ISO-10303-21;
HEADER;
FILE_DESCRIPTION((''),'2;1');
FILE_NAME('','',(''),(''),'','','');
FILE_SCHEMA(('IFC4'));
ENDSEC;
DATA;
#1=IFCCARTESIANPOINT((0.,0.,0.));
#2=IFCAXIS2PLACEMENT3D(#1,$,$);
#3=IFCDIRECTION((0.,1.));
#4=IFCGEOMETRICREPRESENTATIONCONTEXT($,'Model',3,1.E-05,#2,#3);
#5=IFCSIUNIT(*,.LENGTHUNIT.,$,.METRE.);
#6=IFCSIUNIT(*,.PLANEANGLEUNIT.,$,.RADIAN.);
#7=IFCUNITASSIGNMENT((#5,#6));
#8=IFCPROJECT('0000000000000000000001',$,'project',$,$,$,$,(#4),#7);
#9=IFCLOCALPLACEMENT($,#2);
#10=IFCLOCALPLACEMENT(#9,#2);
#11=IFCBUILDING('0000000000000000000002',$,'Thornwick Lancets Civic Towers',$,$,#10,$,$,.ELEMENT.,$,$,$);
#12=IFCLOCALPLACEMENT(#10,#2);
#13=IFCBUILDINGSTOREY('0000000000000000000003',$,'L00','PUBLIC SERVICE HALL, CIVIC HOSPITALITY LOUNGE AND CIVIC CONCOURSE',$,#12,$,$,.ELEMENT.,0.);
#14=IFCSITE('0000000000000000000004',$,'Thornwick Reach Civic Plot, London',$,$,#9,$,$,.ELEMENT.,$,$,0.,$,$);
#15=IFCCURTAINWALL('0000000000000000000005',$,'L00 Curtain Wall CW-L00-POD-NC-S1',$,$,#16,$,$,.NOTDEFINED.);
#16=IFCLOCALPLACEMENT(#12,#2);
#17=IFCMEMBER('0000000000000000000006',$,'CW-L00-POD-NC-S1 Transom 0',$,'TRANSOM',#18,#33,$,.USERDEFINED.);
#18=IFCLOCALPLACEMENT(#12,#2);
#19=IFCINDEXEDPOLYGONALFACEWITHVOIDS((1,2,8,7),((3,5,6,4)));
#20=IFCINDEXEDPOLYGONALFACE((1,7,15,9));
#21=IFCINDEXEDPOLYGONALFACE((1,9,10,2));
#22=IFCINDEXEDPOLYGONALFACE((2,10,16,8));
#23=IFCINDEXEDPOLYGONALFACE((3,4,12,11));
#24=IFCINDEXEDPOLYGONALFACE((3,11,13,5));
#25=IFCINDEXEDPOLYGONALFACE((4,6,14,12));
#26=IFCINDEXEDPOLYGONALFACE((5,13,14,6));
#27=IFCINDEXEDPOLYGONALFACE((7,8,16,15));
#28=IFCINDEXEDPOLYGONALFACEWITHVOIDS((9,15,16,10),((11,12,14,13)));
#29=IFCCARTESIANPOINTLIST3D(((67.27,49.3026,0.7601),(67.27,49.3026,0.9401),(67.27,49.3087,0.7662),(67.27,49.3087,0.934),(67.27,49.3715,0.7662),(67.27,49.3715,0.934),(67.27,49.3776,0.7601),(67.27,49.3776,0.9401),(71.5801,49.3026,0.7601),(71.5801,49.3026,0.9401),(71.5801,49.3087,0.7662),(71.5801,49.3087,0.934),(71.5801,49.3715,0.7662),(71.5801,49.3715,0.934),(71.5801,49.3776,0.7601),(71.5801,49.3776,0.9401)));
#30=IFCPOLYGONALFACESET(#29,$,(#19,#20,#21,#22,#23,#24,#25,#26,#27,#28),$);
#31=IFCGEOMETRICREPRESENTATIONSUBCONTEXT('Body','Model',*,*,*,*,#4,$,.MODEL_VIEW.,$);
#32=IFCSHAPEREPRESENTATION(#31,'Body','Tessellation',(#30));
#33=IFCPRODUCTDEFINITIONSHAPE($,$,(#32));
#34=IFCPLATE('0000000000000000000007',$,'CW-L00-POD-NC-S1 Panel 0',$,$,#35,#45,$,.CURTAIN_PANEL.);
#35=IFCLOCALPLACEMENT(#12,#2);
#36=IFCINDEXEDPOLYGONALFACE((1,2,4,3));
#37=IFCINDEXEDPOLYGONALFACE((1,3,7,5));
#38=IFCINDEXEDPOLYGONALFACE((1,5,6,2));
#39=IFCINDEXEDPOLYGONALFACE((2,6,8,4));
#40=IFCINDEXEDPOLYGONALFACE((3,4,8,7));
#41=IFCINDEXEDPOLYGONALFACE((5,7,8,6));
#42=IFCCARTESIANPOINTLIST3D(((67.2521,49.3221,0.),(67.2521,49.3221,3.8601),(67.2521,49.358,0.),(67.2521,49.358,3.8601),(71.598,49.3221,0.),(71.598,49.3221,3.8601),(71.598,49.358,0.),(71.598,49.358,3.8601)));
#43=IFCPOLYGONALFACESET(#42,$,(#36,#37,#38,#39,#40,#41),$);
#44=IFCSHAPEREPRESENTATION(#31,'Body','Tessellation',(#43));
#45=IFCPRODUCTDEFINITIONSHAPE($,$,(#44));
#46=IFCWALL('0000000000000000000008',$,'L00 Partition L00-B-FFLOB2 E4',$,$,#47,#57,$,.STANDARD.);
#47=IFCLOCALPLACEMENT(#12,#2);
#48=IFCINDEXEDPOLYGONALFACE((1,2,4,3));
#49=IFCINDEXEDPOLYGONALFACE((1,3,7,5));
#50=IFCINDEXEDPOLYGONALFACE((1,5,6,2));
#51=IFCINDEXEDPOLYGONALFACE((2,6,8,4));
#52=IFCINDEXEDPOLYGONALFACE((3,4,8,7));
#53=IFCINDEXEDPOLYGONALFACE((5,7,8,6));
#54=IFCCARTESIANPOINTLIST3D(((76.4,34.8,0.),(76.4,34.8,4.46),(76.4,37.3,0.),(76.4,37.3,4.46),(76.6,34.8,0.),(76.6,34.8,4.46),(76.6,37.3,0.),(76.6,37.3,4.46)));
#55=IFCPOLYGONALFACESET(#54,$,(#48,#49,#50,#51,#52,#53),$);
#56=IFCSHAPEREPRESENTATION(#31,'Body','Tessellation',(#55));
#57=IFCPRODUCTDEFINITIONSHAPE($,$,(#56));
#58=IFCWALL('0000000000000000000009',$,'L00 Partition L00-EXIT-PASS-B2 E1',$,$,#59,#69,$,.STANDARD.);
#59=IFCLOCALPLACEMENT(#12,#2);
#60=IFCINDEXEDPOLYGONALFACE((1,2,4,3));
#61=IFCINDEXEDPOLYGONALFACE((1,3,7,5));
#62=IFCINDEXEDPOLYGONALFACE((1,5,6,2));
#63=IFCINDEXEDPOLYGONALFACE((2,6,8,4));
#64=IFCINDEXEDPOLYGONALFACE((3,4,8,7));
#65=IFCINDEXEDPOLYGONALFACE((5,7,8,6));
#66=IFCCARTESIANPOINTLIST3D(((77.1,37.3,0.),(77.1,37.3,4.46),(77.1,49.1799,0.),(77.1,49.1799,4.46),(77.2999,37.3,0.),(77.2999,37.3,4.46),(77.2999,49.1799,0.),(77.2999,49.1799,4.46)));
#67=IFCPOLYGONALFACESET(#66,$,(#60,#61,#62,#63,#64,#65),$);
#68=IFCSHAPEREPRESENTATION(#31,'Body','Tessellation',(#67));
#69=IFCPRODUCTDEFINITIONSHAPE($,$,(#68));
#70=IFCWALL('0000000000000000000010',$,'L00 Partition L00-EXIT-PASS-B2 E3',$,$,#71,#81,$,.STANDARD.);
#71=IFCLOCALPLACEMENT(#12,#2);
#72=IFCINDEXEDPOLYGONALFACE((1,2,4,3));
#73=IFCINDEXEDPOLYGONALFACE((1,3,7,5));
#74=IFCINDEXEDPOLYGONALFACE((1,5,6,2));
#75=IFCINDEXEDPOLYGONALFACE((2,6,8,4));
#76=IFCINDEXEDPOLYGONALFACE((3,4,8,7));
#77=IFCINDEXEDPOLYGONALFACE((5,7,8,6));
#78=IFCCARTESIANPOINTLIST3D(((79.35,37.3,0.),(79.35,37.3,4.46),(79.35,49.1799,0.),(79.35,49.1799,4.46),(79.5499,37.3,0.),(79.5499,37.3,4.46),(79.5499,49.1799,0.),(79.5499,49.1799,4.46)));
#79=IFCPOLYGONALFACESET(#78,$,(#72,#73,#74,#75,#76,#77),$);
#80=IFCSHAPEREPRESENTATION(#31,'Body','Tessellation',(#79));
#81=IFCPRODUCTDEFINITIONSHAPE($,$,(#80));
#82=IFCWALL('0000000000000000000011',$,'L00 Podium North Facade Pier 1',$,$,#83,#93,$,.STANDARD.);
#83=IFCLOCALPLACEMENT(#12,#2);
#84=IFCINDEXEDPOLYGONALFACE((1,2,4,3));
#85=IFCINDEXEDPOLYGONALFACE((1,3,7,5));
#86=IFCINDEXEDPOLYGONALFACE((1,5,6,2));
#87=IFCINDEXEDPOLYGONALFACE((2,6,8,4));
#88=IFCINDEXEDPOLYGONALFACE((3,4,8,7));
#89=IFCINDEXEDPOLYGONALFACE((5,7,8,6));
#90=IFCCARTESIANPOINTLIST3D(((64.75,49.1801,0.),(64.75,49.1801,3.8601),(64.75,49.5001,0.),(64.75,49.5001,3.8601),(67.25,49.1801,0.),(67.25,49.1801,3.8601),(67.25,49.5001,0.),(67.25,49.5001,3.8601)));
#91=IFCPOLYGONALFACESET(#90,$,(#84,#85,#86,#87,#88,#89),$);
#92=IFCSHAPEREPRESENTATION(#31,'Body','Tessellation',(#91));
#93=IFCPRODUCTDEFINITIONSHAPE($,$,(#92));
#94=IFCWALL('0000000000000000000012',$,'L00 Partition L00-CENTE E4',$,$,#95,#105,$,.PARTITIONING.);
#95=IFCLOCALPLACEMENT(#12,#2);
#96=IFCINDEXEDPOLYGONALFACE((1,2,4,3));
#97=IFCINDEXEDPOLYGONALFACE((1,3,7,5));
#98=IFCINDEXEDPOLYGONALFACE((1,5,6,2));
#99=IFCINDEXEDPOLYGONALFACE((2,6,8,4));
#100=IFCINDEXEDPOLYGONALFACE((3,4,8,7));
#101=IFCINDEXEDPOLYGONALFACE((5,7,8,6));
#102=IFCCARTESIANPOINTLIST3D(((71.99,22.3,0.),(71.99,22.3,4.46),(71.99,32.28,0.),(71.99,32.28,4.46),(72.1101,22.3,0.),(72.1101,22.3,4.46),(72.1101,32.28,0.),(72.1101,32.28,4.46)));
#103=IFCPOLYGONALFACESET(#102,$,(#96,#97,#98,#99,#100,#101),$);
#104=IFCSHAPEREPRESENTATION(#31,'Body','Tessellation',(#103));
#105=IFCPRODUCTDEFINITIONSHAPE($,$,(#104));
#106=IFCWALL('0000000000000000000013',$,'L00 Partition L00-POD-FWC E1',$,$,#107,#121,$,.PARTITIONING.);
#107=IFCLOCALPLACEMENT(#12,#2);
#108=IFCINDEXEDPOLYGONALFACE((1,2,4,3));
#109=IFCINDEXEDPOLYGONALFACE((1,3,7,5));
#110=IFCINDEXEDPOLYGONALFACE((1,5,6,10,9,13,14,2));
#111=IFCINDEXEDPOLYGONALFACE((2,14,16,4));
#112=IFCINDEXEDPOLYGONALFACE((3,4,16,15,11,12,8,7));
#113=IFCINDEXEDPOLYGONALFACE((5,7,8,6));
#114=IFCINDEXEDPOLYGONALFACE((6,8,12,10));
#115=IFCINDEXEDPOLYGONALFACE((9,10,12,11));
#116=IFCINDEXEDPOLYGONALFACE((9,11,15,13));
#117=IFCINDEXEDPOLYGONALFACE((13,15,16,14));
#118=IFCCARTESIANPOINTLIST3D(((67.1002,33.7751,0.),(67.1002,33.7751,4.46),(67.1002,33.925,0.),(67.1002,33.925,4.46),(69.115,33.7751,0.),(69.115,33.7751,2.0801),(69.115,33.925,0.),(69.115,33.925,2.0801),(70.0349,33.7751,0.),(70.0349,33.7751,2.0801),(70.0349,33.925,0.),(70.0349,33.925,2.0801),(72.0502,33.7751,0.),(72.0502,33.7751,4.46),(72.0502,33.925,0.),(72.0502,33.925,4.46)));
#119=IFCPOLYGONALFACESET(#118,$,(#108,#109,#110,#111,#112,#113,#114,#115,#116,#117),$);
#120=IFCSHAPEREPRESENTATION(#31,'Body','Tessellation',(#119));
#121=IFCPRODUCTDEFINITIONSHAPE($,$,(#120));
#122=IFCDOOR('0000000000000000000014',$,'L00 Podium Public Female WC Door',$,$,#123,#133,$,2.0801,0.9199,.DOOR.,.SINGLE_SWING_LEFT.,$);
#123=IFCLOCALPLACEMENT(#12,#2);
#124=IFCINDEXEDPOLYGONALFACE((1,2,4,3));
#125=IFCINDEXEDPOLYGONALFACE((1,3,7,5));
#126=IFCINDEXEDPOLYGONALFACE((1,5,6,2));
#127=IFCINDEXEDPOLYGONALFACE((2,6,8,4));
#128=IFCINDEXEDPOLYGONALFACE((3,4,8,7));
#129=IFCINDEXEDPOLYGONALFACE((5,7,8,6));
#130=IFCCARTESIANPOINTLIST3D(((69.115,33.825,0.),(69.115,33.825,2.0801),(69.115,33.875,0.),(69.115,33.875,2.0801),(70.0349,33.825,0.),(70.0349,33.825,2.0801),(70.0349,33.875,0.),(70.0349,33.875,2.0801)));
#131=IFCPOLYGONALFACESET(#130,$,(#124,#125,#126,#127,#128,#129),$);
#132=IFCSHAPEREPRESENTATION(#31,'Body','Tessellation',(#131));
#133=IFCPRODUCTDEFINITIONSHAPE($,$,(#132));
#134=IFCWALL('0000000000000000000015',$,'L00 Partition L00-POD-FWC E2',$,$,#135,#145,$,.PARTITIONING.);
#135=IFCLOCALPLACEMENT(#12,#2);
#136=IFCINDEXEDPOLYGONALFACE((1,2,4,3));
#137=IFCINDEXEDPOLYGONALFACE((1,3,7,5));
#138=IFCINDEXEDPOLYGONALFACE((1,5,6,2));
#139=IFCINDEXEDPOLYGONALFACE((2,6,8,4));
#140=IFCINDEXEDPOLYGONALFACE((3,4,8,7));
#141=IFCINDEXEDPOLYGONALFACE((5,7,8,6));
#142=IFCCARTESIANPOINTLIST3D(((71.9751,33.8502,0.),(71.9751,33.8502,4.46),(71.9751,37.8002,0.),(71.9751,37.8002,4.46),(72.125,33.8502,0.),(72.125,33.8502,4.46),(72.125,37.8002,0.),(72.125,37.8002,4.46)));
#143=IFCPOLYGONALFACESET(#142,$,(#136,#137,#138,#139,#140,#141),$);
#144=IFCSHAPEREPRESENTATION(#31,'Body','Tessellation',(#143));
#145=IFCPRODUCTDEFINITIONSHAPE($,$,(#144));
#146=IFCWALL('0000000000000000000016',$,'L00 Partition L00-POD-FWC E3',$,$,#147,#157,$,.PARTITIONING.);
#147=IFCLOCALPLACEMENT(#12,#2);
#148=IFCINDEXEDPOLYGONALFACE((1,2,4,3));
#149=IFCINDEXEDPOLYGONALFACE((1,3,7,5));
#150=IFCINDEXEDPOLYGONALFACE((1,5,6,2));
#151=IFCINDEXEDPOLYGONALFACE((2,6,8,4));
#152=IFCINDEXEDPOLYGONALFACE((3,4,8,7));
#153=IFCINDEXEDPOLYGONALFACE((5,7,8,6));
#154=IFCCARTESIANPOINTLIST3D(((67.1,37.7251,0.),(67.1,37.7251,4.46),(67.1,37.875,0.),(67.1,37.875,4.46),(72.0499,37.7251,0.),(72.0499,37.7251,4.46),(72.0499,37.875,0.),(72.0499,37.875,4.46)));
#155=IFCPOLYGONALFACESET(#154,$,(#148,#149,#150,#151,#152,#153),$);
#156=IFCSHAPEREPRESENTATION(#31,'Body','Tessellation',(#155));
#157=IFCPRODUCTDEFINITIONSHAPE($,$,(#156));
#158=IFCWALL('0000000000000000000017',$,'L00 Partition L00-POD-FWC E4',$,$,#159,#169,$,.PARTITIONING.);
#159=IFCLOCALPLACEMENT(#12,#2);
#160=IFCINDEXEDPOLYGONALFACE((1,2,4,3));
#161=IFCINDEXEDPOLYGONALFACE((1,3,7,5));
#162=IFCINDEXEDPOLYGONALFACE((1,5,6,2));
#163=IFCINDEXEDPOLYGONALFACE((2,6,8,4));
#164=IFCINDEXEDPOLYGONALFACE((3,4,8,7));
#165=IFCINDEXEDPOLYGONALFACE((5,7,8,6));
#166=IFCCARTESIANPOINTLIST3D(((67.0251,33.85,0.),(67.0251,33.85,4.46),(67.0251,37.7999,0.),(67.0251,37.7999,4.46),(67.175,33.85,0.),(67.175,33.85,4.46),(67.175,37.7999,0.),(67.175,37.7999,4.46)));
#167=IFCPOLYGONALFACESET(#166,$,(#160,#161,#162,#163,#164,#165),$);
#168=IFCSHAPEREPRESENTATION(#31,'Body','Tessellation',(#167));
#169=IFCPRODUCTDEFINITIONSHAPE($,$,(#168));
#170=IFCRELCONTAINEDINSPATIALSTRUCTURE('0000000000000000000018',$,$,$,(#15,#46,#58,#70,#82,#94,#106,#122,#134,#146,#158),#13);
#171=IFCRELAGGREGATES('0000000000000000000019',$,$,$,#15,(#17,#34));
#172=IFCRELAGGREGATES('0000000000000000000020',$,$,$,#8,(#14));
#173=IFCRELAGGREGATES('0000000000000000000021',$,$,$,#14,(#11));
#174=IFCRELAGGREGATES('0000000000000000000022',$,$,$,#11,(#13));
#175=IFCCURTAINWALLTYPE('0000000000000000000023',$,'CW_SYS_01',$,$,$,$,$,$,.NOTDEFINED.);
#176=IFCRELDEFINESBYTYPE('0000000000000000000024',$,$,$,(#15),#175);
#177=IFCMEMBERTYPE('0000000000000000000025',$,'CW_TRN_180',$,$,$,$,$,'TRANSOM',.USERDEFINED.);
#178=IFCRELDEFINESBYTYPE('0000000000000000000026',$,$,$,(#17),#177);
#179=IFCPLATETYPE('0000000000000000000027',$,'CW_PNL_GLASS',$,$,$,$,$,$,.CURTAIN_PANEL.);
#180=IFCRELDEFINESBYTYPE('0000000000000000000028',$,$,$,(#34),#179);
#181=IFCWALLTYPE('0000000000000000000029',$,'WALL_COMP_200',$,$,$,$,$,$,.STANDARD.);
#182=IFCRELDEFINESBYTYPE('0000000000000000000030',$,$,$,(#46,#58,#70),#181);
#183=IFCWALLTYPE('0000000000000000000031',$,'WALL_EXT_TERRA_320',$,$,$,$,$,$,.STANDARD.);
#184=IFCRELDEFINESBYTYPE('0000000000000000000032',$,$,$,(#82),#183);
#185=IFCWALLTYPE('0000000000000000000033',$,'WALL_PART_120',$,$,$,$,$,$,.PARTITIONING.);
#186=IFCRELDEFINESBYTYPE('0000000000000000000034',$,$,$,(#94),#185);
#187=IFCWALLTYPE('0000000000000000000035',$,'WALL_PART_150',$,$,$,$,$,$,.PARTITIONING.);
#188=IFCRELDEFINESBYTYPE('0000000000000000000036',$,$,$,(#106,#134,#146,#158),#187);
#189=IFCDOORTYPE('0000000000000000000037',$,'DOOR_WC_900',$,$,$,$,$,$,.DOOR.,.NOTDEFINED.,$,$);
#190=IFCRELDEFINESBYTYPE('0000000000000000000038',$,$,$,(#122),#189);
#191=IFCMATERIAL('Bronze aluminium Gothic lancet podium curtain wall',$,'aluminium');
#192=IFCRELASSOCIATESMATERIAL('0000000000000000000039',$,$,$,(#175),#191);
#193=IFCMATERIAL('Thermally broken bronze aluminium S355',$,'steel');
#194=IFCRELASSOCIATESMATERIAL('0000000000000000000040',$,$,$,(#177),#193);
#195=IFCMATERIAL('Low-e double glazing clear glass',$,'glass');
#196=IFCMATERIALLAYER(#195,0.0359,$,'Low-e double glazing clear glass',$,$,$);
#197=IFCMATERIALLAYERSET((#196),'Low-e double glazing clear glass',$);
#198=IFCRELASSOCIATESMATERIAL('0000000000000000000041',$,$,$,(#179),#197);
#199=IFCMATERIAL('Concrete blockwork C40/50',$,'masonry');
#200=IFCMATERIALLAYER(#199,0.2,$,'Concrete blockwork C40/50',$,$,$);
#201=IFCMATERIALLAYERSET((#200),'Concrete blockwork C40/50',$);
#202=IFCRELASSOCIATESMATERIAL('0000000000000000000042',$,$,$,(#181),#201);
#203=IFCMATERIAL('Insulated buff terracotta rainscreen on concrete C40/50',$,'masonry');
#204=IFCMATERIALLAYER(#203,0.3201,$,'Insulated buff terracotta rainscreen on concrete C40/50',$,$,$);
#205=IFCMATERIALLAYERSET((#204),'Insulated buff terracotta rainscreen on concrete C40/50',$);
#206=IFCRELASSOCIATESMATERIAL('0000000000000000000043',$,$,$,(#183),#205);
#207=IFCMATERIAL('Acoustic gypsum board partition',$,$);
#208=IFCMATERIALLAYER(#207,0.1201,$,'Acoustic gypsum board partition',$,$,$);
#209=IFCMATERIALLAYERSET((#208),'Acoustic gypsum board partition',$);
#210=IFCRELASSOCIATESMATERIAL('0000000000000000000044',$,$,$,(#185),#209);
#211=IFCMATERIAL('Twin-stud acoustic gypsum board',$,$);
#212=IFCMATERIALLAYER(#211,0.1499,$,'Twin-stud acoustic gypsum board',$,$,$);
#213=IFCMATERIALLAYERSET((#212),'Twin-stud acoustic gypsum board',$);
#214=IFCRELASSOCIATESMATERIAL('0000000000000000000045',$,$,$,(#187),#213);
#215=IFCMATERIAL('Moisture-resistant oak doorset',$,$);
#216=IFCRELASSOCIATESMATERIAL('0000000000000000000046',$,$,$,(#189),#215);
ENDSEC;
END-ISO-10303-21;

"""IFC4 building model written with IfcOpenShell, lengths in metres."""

from ifc_helpers import new_model, si_unit, direction, frame, frame_2d, origin, origin_2d, place, context, subcontext, project, spatial, rectangle, hollow_rectangle, extrude, material, layer, layer_set, material_profile, profile_set, type_object, element, fill, aggregate, save


model = new_model("IFC4")

# Units and contexts
model_context = context("Model", 3, precision=1e-05, world=origin(), true_north=direction((0.0, 1.0)))
body_context = subcontext(model_context, "Body", "Model", "MODEL_VIEW")
ifc_project = project(units=[si_unit("LENGTHUNIT", "METRE"), si_unit("PLANEANGLEUNIT", "RADIAN")], contexts=[model_context])

# Site, building, storey
site_placement = place(None, origin())
site = spatial("IfcSite", under=ifc_project, at=site_placement, Name="Thornwick Reach Civic Plot, London", CompositionType="ELEMENT", RefElevation=0.0)
building_placement = place(site_placement, origin())
building = spatial("IfcBuilding", under=site, at=building_placement, Name="Thornwick Lancets Civic Towers", CompositionType="ELEMENT")
storey_placement = place(building_placement, origin())
storey = spatial("IfcBuildingStorey", under=building, at=storey_placement, Name="L00", Description="PUBLIC SERVICE HALL, CIVIC HOSPITALITY LOUNGE AND CIVIC CONCOURSE", CompositionType="ELEMENT", Elevation=0.0)

# Curtain wall
ifc_material_1 = material(Name="Bronze aluminium Gothic lancet podium curtain wall", Category="aluminium")
curtain_wall_type = type_object("IfcCurtainWallType", Name="CW_SYS_01", PredefinedType="NOTDEFINED", material=ifc_material_1)
curtain_wall_1_placement = place(storey_placement, origin())
curtain_wall_1 = element("IfcCurtainWall", 1, at=curtain_wall_1_placement, inside=storey, type_object=curtain_wall_type, Name="L00 Curtain Wall CW-L00-POD-NC-S1", PredefinedType="NOTDEFINED")
ifc_material_2 = material(Name="Thermally broken bronze aluminium S355", Category="steel")

# Member
ifc_material_profile_1 = material_profile(ifc_material_2, hollow_rectangle(XDim=0.075, YDim=0.1799, WallThickness=0.0061, at=origin_2d()), Name="RHS 180x75x6")
ifc_profile_set_1 = profile_set([ifc_material_profile_1], Name="Thermally broken bronze aluminium S355")
member_type_1 = type_object("IfcMemberType", Name="CW_TRN_180", ElementType="TRANSOM", PredefinedType="USERDEFINED", material=ifc_profile_set_1)
member_1_placement = place(storey_placement, frame((71.5801, 49.3401, 0.8501), z_axis=(-1.0, 0.0, 0.0), x_axis=(0.0, -1.0, 0.0)))
member_1 = element("IfcMember", 2, at=member_1_placement, type_object=member_type_1, Name="CW-L00-POD-NC-S1 Transom 0", ObjectType="TRANSOM", PredefinedType="USERDEFINED", context=body_context, shape_type="SweptSolid", body=[
    extrude(hollow_rectangle(XDim=0.075, YDim=0.1799, WallThickness=0.0061, at=origin_2d()), origin(), (0.0, 0.0, 1.0), 4.3101),
])

# Plate
ifc_material_3 = material(Name="Low-e double glazing clear glass", Category="glass")
ifc_layer_1 = layer(ifc_material_3, 0.0359, Name="Low-e double glazing clear glass")
ifc_layer_set_1 = layer_set([ifc_layer_1], Name="Low-e double glazing clear glass")
plate_type = type_object("IfcPlateType", Name="CW_PNL_GLASS", PredefinedType="CURTAIN_PANEL", material=ifc_layer_set_1)
plate_placement = place(storey_placement, frame((69.425, 49.3401, 0.0), z_axis=(0.0, 0.0, 1.0), x_axis=(-1.0, 0.0, 0.0)))
plate = element("IfcPlate", 3, at=plate_placement, type_object=plate_type, Name="CW-L00-POD-NC-S1 Panel 0", PredefinedType="CURTAIN_PANEL", context=body_context, shape_type="SweptSolid", body=[
    extrude(rectangle(XDim=4.3459, YDim=0.0359, at=origin_2d()), origin(), (0.0, 0.0, 1.0), 3.8601),
])
aggregate(curtain_wall_1, [member_1, plate])

# Walls
ifc_material_4 = material(Name="Concrete blockwork C40/50", Category="masonry")
ifc_layer_2 = layer(ifc_material_4, 0.2, Name="Concrete blockwork C40/50")
ifc_layer_set_2 = layer_set([ifc_layer_2], Name="Concrete blockwork C40/50")
wall_type_1 = type_object("IfcWallType", Name="WALL_COMP_200", PredefinedType="STANDARD", material=ifc_layer_set_2)
wall_1_placement = place(storey_placement, frame((76.5, 37.3, 0.0), z_axis=(0.0, 0.0, 1.0), x_axis=(0.0, -1.0, 0.0)))
element("IfcWall", 4, at=wall_1_placement, inside=storey, type_object=wall_type_1, Name="L00 Partition L00-B-FFLOB2 E4", PredefinedType="STANDARD", context=body_context, shape_type="SweptSolid", body=[
    extrude(rectangle(XDim=2.5, YDim=0.2, at=frame_2d((1.25, 0.0))), origin(), (0.0, 0.0, 1.0), 4.46),
])
for number, where, z_axis, x_axis, name in (
    (5, (77.2, 37.3, 0.0), (0.0, 0.0, 1.0), (0.0, 1.0, 0.0), "L00 Partition L00-EXIT-PASS-B2 E1"),
    (6, (79.45, 49.1799, 0.0), (0.0, 0.0, 1.0), (0.0, -1.0, 0.0), "L00 Partition L00-EXIT-PASS-B2 E3"),
):
    element("IfcWall", number, at=place(storey_placement, frame(where, z_axis=z_axis, x_axis=x_axis)), inside=storey, type_object=wall_type_1, Name=name, PredefinedType="STANDARD", context=body_context, shape_type="SweptSolid", body=[
        extrude(rectangle(XDim=11.8799, YDim=0.2, at=frame_2d((5.9399, 0.0))), origin(), (0.0, 0.0, 1.0), 4.46),
    ])
ifc_material_5 = material(Name="Insulated buff terracotta rainscreen on concrete C40/50", Category="masonry")
ifc_layer_3 = layer(ifc_material_5, 0.3201, Name="Insulated buff terracotta rainscreen on concrete C40/50")
ifc_layer_set_3 = layer_set([ifc_layer_3], Name="Insulated buff terracotta rainscreen on concrete C40/50")
wall_type_2 = type_object("IfcWallType", Name="WALL_EXT_TERRA_320", PredefinedType="STANDARD", material=ifc_layer_set_3)
wall_2_placement = place(storey_placement, frame((67.25, 49.3401, 0.0), z_axis=(0.0, 0.0, 1.0), x_axis=(-1.0, 0.0, 0.0)))
element("IfcWall", 7, at=wall_2_placement, inside=storey, type_object=wall_type_2, Name="L00 Podium North Facade Pier 1", PredefinedType="STANDARD", context=body_context, shape_type="SweptSolid", body=[
    extrude(rectangle(XDim=2.5, YDim=0.3201, at=frame_2d((1.25, 0.0))), origin(), (0.0, 0.0, 1.0), 3.8601),
])
ifc_material_6 = material(Name="Acoustic gypsum board partition")
ifc_layer_4 = layer(ifc_material_6, 0.1201, Name="Acoustic gypsum board partition")
ifc_layer_set_4 = layer_set([ifc_layer_4], Name="Acoustic gypsum board partition")
wall_type_3 = type_object("IfcWallType", Name="WALL_PART_120", PredefinedType="PARTITIONING", material=ifc_layer_set_4)
wall_3_placement = place(storey_placement, frame((72.05, 32.28, 0.0), z_axis=(0.0, 0.0, 1.0), x_axis=(0.0, -1.0, 0.0)))
element("IfcWall", 8, at=wall_3_placement, inside=storey, type_object=wall_type_3, Name="L00 Partition L00-CENTE E4", PredefinedType="PARTITIONING", context=body_context, shape_type="SweptSolid", body=[
    extrude(rectangle(XDim=9.98, YDim=0.1201, at=frame_2d((4.99, 0.0))), origin(), (0.0, 0.0, 1.0), 4.46),
])

# Wall, opening, door
ifc_material_7 = material(Name="Twin-stud acoustic gypsum board")
ifc_layer_5 = layer(ifc_material_7, 0.1499, Name="Twin-stud acoustic gypsum board")
ifc_layer_set_5 = layer_set([ifc_layer_5], Name="Twin-stud acoustic gypsum board")
wall_type_4 = type_object("IfcWallType", Name="WALL_PART_150", PredefinedType="PARTITIONING", material=ifc_layer_set_5)
wall_4_placement = place(storey_placement, frame((67.1001, 33.8501, 0.0), z_axis=(0.0, 0.0, 1.0), x_axis=(1.0, 0.0, 0.0)))
wall_4 = element("IfcWall", 9, at=wall_4_placement, inside=storey, type_object=wall_type_4, Name="L00 Partition L00-POD-FWC E1", PredefinedType="PARTITIONING", context=body_context, shape_type="SweptSolid", body=[
    extrude(rectangle(XDim=4.95, YDim=0.1499, at=frame_2d((2.4751, 0.0))), origin(), (0.0, 0.0, 1.0), 4.46),
])
opening_1_placement = place(wall_4_placement, frame((2.0149, 0.0, 0.0)))
opening_1 = element("IfcOpeningElement", 10, at=opening_1_placement, cuts=wall_4, PredefinedType="OPENING", context=body_context, shape_type="SweptSolid", body=[
    extrude(rectangle(XDim=0.9199, YDim=2.0801, at=frame_2d((0.46, 1.04))), frame((0.0, 0.085, 0.0), z_axis=(0.0, -1.0, 0.0), x_axis=(1.0, 0.0, 0.0)), (0.0, 0.0, 1.0), 0.1699),
])
ifc_material_8 = material(Name="Moisture-resistant oak doorset")
door_type_1 = type_object("IfcDoorType", Name="DOOR_WC_900", OperationType="NOTDEFINED", PredefinedType="DOOR", material=ifc_material_8)
door_1_placement = place(opening_1_placement, origin())
door_1 = element("IfcDoor", 11, at=door_1_placement, inside=storey, type_object=door_type_1, Name="L00 Podium Public Female WC Door", OperationType="SINGLE_SWING_LEFT", OverallHeight=2.0801, OverallWidth=0.9199, PredefinedType="DOOR", context=body_context, shape_type="SweptSolid", body=[
    extrude(rectangle(XDim=0.9199, YDim=2.0801, at=frame_2d((0.46, 1.04))), frame((0.0, 0.0249, 0.0), z_axis=(0.0, -1.0, 0.0), x_axis=(1.0, 0.0, 0.0)), (0.0, 0.0, 1.0), 0.05),
])
fill(opening_1, door_1)

# Walls
wall_5_placement = place(storey_placement, frame((72.05, 33.8501, 0.0), z_axis=(0.0, 0.0, 1.0), x_axis=(0.0, 1.0, 0.0)))
element("IfcWall", 12, at=wall_5_placement, inside=storey, type_object=wall_type_4, Name="L00 Partition L00-POD-FWC E2", PredefinedType="PARTITIONING", context=body_context, shape_type="SweptSolid", body=[
    extrude(rectangle(XDim=3.95, YDim=0.1499, at=frame_2d((1.9751, 0.0))), origin(), (0.0, 0.0, 1.0), 4.46),
])
wall_6_placement = place(storey_placement, frame((72.05, 37.8, 0.0), z_axis=(0.0, 0.0, 1.0), x_axis=(-1.0, 0.0, 0.0)))
element("IfcWall", 13, at=wall_6_placement, inside=storey, type_object=wall_type_4, Name="L00 Partition L00-POD-FWC E3", PredefinedType="PARTITIONING", context=body_context, shape_type="SweptSolid", body=[
    extrude(rectangle(XDim=4.95, YDim=0.1499, at=frame_2d((2.4751, 0.0))), origin(), (0.0, 0.0, 1.0), 4.46),
])
wall_7_placement = place(storey_placement, frame((67.1001, 37.8, 0.0), z_axis=(0.0, 0.0, 1.0), x_axis=(0.0, -1.0, 0.0)))
element("IfcWall", 14, at=wall_7_placement, inside=storey, type_object=wall_type_4, Name="L00 Partition L00-POD-FWC E4", PredefinedType="PARTITIONING", context=body_context, shape_type="SweptSolid", body=[
    extrude(rectangle(XDim=3.95, YDim=0.1499, at=frame_2d((1.9751, 0.0))), origin(), (0.0, 0.0, 1.0), 4.46),
])

save(model, "model.ifc")
